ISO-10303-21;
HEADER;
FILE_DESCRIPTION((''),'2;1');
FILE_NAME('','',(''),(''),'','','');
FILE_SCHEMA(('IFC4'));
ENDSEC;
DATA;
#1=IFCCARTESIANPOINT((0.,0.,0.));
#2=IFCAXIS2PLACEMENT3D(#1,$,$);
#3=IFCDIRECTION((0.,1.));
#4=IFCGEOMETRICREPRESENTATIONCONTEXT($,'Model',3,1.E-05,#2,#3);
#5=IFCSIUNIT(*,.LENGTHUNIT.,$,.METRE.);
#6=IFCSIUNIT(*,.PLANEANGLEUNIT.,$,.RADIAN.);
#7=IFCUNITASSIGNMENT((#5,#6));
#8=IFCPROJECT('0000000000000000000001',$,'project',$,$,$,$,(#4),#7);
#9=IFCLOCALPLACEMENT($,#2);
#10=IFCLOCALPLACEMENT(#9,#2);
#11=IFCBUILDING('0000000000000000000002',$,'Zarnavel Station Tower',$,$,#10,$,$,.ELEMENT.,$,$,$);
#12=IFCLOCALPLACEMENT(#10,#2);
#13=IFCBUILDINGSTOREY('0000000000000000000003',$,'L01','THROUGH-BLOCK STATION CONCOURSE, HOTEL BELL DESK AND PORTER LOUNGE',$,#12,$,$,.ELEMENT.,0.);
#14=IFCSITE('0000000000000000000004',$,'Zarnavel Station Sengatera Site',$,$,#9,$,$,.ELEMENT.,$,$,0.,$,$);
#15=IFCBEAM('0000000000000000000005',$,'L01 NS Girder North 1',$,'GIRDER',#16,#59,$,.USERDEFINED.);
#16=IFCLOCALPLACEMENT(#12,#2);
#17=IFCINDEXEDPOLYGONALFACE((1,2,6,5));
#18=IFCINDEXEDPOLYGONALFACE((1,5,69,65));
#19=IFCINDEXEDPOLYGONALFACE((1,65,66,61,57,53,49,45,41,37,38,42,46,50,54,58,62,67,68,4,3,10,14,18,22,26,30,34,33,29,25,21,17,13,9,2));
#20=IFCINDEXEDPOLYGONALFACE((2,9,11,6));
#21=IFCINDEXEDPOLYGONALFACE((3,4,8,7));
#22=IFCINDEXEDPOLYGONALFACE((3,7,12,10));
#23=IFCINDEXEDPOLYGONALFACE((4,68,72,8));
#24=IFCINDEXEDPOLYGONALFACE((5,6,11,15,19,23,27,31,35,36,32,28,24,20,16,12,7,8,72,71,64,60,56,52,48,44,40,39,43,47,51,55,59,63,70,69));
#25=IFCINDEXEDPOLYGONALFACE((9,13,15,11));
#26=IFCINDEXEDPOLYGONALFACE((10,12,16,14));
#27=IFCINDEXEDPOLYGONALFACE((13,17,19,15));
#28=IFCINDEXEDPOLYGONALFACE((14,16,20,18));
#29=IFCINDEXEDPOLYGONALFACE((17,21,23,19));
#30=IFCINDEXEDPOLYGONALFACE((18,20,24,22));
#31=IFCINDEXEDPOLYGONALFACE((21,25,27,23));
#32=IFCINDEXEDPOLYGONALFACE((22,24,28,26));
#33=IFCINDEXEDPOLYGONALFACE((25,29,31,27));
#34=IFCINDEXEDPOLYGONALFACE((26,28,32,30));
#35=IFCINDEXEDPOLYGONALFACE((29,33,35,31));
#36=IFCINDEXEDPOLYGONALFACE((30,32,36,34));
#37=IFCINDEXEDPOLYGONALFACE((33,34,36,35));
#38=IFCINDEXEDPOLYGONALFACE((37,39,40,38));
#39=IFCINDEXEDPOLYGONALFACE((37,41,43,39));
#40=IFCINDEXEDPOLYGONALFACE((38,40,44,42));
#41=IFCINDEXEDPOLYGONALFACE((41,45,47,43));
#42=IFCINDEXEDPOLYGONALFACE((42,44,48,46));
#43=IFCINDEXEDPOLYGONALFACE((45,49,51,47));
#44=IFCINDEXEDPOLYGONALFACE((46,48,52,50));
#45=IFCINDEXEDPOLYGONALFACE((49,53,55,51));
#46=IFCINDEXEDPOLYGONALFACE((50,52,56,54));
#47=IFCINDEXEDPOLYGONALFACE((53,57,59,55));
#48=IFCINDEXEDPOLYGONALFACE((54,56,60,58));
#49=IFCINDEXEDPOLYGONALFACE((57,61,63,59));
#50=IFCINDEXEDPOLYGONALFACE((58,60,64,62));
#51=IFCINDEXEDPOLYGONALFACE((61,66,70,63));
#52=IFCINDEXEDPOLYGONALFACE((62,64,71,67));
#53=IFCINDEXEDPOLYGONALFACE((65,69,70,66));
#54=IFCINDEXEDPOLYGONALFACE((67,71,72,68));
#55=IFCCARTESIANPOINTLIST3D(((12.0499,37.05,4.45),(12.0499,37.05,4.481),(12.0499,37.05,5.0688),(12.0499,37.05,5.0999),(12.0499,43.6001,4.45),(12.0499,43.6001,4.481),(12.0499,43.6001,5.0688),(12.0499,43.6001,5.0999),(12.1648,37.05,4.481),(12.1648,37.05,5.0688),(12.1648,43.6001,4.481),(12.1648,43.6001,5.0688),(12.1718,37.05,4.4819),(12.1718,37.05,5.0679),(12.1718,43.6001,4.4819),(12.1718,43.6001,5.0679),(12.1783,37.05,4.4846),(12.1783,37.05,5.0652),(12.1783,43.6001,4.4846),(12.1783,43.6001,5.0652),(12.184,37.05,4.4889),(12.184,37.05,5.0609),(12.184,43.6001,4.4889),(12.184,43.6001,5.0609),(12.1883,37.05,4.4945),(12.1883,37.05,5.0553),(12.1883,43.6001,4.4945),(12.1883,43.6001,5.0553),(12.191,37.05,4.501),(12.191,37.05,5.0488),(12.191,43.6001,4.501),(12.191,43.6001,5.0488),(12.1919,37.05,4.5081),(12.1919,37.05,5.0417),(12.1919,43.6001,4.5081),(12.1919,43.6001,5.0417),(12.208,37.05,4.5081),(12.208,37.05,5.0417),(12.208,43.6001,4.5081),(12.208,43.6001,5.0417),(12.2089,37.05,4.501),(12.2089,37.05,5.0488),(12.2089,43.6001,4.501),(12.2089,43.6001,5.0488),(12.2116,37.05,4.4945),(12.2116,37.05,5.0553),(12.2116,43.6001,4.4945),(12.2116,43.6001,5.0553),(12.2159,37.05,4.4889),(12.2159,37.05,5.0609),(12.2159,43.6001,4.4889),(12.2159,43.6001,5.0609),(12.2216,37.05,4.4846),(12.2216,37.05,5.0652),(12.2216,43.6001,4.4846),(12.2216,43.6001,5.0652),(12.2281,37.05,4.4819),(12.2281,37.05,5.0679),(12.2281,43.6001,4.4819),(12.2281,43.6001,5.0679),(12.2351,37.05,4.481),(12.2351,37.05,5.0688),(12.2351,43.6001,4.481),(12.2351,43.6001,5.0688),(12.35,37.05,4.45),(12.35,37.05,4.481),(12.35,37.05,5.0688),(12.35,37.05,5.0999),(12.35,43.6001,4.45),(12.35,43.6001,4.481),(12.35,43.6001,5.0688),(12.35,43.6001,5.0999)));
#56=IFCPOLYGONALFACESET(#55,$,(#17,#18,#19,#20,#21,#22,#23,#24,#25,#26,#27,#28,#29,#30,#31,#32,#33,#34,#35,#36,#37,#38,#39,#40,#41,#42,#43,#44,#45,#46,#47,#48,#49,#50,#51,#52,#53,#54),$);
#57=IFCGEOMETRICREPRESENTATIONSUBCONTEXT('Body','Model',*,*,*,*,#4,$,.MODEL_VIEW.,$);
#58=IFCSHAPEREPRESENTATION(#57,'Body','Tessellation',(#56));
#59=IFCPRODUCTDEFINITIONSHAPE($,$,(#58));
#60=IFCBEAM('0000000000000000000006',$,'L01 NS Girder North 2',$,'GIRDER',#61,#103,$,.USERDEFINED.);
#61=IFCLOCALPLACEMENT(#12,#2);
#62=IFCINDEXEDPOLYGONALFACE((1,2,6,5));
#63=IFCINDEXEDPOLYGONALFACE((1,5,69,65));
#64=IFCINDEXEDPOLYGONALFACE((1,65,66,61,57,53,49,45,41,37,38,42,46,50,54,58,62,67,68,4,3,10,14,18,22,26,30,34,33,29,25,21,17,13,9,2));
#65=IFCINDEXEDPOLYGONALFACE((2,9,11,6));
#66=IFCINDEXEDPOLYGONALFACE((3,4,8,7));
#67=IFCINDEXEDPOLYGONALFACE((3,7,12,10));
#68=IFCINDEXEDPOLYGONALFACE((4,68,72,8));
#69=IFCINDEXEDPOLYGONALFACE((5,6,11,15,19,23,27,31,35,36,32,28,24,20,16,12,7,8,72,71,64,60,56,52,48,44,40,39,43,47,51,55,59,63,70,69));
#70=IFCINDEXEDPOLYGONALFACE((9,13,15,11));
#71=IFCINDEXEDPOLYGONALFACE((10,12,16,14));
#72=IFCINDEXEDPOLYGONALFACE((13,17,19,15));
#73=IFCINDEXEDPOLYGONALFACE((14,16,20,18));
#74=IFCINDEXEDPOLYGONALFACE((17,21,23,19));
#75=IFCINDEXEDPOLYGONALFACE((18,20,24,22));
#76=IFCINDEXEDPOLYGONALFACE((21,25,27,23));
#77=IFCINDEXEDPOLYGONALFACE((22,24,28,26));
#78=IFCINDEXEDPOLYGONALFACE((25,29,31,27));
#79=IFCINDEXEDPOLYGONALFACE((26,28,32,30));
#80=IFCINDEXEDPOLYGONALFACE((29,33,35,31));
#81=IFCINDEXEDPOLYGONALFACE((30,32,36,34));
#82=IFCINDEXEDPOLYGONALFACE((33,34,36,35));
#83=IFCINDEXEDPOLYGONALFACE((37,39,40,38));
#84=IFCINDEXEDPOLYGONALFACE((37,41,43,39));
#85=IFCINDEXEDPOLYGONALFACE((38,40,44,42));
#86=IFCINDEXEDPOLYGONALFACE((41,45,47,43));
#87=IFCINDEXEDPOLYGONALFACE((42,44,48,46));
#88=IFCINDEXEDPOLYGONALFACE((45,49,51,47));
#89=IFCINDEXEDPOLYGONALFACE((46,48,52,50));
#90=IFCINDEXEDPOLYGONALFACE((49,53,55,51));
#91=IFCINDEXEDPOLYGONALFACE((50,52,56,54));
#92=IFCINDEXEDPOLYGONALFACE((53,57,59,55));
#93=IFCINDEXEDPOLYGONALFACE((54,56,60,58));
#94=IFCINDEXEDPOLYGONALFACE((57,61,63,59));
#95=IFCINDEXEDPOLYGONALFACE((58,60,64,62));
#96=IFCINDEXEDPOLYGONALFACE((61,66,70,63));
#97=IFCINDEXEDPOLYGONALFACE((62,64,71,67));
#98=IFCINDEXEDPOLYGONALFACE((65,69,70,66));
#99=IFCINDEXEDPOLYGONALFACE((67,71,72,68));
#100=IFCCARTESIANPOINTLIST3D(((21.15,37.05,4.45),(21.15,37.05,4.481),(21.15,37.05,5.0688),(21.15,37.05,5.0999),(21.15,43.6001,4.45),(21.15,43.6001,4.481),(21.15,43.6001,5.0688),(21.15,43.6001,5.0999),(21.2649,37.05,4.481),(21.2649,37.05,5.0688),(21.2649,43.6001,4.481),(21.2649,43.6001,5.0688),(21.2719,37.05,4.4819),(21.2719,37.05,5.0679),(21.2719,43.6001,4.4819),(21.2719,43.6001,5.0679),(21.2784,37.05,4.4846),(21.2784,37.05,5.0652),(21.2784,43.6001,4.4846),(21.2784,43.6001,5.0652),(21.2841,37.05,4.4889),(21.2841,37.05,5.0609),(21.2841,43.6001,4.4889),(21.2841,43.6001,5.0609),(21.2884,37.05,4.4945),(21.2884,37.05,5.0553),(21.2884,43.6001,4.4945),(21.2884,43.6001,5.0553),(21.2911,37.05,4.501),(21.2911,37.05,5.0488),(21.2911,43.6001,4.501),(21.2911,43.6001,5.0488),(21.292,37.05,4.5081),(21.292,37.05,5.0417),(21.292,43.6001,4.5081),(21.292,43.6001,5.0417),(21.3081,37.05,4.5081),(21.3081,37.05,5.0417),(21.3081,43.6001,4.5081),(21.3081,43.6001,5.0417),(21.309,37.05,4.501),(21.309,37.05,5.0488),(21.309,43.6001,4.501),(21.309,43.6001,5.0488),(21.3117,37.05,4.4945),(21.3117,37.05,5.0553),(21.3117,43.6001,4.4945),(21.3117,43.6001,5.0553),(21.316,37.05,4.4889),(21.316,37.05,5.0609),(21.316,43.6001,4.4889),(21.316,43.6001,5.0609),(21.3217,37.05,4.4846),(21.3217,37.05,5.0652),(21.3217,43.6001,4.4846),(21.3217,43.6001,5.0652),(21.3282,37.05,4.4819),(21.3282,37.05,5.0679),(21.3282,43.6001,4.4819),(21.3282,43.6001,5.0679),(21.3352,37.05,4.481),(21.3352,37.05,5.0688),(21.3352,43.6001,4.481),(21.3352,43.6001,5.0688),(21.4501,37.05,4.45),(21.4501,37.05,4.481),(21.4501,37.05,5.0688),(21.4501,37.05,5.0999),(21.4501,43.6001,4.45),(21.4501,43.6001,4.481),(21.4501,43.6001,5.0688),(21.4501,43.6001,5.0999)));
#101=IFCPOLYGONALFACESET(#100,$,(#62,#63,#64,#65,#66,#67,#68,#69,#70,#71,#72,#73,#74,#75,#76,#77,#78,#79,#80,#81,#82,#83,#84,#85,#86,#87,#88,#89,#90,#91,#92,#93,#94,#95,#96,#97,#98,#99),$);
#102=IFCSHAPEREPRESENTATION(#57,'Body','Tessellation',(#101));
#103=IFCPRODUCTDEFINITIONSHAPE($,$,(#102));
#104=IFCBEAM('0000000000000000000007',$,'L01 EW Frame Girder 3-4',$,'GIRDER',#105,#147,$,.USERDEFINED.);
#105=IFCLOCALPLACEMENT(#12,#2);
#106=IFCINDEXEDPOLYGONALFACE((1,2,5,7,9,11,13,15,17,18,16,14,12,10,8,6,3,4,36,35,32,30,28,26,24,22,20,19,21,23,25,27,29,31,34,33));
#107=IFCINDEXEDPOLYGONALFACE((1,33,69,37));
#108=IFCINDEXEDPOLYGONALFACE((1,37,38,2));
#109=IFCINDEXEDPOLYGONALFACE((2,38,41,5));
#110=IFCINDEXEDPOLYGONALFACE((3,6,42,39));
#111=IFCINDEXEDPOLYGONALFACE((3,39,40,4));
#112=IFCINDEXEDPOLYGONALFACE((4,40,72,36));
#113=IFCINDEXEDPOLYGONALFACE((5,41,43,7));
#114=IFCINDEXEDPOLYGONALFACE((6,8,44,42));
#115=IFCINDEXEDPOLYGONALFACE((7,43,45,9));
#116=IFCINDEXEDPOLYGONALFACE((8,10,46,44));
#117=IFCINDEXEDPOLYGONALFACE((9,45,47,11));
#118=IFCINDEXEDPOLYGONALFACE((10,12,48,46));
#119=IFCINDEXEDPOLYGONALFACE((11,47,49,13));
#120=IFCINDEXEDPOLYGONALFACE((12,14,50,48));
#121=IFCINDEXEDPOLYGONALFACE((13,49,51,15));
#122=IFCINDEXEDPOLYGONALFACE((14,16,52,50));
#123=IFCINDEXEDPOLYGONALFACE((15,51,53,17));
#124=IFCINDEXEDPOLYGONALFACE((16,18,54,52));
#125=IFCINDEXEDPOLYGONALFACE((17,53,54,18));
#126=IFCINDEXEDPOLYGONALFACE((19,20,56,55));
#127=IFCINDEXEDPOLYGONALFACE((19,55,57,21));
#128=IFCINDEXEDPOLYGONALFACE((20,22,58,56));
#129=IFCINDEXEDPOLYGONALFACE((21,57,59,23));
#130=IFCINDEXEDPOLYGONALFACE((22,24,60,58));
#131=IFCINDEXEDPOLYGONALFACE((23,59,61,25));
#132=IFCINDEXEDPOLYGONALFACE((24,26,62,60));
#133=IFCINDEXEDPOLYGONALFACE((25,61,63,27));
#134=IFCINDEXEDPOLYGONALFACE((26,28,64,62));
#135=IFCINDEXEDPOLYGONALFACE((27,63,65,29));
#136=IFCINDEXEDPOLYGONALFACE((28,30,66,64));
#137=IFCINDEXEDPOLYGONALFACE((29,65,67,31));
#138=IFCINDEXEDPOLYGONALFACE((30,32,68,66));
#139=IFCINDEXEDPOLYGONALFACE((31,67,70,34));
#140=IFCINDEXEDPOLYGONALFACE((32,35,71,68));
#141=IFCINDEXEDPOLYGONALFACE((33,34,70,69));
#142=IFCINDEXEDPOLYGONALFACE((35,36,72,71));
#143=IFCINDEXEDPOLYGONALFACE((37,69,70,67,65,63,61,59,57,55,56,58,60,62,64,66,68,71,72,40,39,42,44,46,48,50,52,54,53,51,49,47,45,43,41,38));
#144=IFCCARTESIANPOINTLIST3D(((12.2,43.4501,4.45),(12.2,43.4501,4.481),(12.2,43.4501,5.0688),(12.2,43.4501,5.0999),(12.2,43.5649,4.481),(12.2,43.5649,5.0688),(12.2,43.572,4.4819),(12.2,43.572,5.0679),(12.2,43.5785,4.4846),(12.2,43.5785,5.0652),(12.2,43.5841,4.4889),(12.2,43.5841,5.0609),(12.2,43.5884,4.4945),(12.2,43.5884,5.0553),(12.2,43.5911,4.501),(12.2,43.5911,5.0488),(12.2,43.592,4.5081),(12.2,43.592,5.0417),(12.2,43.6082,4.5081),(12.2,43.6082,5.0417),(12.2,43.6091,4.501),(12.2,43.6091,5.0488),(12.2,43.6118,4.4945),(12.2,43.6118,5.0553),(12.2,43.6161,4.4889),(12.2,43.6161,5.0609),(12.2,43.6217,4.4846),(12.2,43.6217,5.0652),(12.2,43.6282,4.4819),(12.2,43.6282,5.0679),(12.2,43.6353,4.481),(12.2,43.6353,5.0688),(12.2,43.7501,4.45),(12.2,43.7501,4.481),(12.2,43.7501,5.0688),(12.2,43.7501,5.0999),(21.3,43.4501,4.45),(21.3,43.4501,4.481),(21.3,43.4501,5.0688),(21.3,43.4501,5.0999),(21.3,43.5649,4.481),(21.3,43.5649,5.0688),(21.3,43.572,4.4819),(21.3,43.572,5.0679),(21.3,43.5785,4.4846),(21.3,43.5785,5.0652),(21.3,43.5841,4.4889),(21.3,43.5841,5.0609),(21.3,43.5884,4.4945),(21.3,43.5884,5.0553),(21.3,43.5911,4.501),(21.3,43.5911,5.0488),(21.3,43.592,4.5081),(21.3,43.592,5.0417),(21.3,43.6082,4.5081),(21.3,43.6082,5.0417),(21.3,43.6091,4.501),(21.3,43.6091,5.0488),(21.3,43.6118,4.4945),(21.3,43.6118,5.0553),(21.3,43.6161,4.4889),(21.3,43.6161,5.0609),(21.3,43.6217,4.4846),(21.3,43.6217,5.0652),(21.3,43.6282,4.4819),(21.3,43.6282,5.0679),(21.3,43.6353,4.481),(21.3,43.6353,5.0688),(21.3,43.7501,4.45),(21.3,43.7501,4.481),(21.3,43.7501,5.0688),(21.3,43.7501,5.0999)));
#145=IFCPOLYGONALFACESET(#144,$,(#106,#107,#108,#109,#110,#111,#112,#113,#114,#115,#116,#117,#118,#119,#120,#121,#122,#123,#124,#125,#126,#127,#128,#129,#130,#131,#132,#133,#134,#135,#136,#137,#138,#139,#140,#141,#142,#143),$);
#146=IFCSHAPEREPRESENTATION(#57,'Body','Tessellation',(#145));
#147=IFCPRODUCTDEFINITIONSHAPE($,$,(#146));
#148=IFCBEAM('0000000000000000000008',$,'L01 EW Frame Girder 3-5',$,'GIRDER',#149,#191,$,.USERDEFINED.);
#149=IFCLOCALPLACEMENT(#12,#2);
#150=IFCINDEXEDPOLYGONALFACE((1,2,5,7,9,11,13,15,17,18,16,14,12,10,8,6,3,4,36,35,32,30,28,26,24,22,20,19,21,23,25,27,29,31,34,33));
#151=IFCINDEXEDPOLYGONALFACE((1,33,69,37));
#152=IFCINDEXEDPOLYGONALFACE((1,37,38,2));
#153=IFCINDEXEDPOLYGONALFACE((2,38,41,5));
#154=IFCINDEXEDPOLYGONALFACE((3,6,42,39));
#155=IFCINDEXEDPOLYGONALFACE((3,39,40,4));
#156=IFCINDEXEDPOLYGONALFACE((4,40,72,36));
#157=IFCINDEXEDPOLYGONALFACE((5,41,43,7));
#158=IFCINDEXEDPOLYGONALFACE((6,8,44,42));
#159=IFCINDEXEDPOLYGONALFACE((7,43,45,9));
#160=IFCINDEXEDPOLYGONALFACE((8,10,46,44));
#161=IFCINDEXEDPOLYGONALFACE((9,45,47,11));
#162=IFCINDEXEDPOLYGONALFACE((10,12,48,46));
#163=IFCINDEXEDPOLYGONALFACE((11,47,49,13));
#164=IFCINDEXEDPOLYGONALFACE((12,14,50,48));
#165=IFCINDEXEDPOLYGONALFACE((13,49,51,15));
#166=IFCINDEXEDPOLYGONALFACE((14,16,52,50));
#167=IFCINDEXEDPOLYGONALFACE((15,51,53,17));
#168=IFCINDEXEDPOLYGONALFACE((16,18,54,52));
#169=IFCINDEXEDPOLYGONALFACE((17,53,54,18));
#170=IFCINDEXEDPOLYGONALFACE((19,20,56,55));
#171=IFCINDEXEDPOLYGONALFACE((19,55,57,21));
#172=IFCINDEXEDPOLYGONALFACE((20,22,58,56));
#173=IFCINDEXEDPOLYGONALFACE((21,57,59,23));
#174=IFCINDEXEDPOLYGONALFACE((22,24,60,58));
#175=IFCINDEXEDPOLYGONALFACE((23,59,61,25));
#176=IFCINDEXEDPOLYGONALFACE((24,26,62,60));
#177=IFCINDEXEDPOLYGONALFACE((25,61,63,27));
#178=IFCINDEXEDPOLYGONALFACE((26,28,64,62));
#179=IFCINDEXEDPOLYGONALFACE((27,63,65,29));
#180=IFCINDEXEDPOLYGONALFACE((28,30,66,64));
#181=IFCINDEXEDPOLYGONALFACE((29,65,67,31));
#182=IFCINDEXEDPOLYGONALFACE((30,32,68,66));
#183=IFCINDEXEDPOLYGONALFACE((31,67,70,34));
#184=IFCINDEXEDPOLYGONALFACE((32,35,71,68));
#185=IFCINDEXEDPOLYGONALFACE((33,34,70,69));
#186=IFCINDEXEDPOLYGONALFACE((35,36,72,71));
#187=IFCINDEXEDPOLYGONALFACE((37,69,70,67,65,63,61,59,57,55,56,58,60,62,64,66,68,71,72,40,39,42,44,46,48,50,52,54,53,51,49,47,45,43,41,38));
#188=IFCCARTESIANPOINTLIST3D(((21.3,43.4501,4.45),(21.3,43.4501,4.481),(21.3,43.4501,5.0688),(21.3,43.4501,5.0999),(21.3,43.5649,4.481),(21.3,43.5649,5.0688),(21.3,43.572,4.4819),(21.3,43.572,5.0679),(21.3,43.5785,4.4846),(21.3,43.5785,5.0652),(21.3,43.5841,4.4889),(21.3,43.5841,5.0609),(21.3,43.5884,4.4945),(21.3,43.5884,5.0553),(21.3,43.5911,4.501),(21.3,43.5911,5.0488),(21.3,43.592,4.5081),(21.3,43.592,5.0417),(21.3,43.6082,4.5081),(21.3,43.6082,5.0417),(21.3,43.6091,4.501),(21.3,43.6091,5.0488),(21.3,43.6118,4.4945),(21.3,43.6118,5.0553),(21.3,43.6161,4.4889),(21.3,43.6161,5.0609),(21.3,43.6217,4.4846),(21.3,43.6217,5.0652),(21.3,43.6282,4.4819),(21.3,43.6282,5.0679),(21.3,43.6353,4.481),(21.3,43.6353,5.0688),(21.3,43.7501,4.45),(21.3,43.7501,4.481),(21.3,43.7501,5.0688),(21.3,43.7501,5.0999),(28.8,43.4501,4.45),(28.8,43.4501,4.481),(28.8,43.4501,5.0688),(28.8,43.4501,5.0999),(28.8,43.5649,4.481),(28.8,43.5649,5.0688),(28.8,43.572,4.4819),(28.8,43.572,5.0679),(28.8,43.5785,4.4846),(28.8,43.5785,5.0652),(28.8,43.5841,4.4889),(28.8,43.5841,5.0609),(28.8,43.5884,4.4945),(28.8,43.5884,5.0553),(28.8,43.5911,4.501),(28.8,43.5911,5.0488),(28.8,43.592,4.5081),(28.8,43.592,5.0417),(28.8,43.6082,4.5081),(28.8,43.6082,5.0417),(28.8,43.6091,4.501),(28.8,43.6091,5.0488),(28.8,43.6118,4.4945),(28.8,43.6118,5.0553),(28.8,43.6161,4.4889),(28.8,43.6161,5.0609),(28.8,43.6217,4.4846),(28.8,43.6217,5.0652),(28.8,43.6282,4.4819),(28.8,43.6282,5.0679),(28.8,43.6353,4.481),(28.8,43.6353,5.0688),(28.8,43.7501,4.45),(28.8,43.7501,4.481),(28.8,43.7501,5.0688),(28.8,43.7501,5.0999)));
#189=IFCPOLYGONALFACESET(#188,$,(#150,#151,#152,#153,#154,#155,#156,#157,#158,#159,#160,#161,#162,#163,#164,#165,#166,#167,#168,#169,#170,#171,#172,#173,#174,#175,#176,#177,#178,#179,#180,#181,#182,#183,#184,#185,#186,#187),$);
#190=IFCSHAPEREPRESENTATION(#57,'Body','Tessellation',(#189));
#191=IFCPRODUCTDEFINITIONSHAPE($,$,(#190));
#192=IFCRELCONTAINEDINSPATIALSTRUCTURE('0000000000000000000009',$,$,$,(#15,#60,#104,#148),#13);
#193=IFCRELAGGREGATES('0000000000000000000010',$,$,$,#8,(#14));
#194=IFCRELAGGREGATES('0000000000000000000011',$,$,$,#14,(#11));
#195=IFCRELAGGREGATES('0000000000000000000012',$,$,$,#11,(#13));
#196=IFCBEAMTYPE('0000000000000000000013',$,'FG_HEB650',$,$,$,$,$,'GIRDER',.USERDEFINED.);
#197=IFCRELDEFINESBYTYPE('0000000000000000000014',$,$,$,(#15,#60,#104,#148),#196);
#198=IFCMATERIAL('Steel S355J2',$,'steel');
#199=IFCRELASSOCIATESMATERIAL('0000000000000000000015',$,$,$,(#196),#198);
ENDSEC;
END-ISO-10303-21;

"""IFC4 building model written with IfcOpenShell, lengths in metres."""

from ifc_helpers import new_model, si_unit, direction, frame, origin, origin_2d, place, context, subcontext, project, spatial, i_section, extrude, material, material_profile, profile_set, type_object, element, save


model = new_model("IFC4")

# Units and contexts
model_context = context("Model", 3, precision=1e-05, world=origin(), true_north=direction((0.0, 1.0)))
body_context = subcontext(model_context, "Body", "Model", "MODEL_VIEW")
ifc_project = project(units=[si_unit("LENGTHUNIT", "METRE"), si_unit("PLANEANGLEUNIT", "RADIAN")], contexts=[model_context])

# Site, building, storey
site_placement = place(None, origin())
site = spatial("IfcSite", under=ifc_project, at=site_placement, Name="Zarnavel Station Sengatera Site", CompositionType="ELEMENT", RefElevation=0.0)
building_placement = place(site_placement, origin())
building = spatial("IfcBuilding", under=site, at=building_placement, Name="Zarnavel Station Tower", CompositionType="ELEMENT")
storey_placement = place(building_placement, origin())
storey = spatial("IfcBuildingStorey", under=building, at=storey_placement, Name="L01", Description="THROUGH-BLOCK STATION CONCOURSE, HOTEL BELL DESK AND PORTER LOUNGE", CompositionType="ELEMENT", Elevation=0.0)

# Beams
ifc_material_1 = material(Name="Steel S355J2", Category="steel")
ifc_material_profile_1 = material_profile(ifc_material_1, i_section(OverallWidth=0.3, OverallDepth=0.6499, WebThickness=0.0161, FlangeThickness=0.031, FilletRadius=0.0271, at=origin_2d()), Name="HEB650")
ifc_profile_set_1 = profile_set([ifc_material_profile_1], Name="Steel S355J2")
beam_type_1 = type_object("IfcBeamType", Name="FG_HEB650", ElementType="GIRDER", PredefinedType="USERDEFINED", material=ifc_profile_set_1)
for number, where, z_axis, x_axis, name in (
    (1, (12.2, 37.05, 4.7749), (0.0, 1.0, 0.0), (-1.0, 0.0, 0.0), "L01 NS Girder North 1"),
    (2, (21.3, 37.05, 4.7749), (0.0, 1.0, 0.0), (-1.0, 0.0, 0.0), "L01 NS Girder North 2"),
):
    element("IfcBeam", number, at=place(storey_placement, frame(where, z_axis=z_axis, x_axis=x_axis)), inside=storey, type_object=beam_type_1, Name=name, ObjectType="GIRDER", PredefinedType="USERDEFINED", context=body_context, shape_type="SweptSolid", body=[
        extrude(i_section(OverallWidth=0.3, OverallDepth=0.6499, WebThickness=0.0161, FlangeThickness=0.031, FilletRadius=0.0271, at=origin_2d()), origin(), (0.0, 0.0, 1.0), 6.55),
    ])
beam_1_placement = place(storey_placement, frame((12.2, 43.6001, 4.7749), z_axis=(1.0, 0.0, 0.0), x_axis=(0.0, 1.0, 0.0)))
element("IfcBeam", 3, at=beam_1_placement, inside=storey, type_object=beam_type_1, Name="L01 EW Frame Girder 3-4", ObjectType="GIRDER", PredefinedType="USERDEFINED", context=body_context, shape_type="SweptSolid", body=[
    extrude(i_section(OverallWidth=0.3, OverallDepth=0.6499, WebThickness=0.0161, FlangeThickness=0.031, FilletRadius=0.0271, at=origin_2d()), origin(), (0.0, 0.0, 1.0), 9.1001),
])
beam_2_placement = place(storey_placement, frame((21.3, 43.6001, 4.7749), z_axis=(1.0, 0.0, 0.0), x_axis=(0.0, 1.0, 0.0)))
element("IfcBeam", 4, at=beam_2_placement, inside=storey, type_object=beam_type_1, Name="L01 EW Frame Girder 3-5", ObjectType="GIRDER", PredefinedType="USERDEFINED", context=body_context, shape_type="SweptSolid", body=[
    extrude(i_section(OverallWidth=0.3, OverallDepth=0.6499, WebThickness=0.0161, FlangeThickness=0.031, FilletRadius=0.0271, at=origin_2d()), origin(), (0.0, 0.0, 1.0), 7.5),
])

save(model, "model.ifc")
